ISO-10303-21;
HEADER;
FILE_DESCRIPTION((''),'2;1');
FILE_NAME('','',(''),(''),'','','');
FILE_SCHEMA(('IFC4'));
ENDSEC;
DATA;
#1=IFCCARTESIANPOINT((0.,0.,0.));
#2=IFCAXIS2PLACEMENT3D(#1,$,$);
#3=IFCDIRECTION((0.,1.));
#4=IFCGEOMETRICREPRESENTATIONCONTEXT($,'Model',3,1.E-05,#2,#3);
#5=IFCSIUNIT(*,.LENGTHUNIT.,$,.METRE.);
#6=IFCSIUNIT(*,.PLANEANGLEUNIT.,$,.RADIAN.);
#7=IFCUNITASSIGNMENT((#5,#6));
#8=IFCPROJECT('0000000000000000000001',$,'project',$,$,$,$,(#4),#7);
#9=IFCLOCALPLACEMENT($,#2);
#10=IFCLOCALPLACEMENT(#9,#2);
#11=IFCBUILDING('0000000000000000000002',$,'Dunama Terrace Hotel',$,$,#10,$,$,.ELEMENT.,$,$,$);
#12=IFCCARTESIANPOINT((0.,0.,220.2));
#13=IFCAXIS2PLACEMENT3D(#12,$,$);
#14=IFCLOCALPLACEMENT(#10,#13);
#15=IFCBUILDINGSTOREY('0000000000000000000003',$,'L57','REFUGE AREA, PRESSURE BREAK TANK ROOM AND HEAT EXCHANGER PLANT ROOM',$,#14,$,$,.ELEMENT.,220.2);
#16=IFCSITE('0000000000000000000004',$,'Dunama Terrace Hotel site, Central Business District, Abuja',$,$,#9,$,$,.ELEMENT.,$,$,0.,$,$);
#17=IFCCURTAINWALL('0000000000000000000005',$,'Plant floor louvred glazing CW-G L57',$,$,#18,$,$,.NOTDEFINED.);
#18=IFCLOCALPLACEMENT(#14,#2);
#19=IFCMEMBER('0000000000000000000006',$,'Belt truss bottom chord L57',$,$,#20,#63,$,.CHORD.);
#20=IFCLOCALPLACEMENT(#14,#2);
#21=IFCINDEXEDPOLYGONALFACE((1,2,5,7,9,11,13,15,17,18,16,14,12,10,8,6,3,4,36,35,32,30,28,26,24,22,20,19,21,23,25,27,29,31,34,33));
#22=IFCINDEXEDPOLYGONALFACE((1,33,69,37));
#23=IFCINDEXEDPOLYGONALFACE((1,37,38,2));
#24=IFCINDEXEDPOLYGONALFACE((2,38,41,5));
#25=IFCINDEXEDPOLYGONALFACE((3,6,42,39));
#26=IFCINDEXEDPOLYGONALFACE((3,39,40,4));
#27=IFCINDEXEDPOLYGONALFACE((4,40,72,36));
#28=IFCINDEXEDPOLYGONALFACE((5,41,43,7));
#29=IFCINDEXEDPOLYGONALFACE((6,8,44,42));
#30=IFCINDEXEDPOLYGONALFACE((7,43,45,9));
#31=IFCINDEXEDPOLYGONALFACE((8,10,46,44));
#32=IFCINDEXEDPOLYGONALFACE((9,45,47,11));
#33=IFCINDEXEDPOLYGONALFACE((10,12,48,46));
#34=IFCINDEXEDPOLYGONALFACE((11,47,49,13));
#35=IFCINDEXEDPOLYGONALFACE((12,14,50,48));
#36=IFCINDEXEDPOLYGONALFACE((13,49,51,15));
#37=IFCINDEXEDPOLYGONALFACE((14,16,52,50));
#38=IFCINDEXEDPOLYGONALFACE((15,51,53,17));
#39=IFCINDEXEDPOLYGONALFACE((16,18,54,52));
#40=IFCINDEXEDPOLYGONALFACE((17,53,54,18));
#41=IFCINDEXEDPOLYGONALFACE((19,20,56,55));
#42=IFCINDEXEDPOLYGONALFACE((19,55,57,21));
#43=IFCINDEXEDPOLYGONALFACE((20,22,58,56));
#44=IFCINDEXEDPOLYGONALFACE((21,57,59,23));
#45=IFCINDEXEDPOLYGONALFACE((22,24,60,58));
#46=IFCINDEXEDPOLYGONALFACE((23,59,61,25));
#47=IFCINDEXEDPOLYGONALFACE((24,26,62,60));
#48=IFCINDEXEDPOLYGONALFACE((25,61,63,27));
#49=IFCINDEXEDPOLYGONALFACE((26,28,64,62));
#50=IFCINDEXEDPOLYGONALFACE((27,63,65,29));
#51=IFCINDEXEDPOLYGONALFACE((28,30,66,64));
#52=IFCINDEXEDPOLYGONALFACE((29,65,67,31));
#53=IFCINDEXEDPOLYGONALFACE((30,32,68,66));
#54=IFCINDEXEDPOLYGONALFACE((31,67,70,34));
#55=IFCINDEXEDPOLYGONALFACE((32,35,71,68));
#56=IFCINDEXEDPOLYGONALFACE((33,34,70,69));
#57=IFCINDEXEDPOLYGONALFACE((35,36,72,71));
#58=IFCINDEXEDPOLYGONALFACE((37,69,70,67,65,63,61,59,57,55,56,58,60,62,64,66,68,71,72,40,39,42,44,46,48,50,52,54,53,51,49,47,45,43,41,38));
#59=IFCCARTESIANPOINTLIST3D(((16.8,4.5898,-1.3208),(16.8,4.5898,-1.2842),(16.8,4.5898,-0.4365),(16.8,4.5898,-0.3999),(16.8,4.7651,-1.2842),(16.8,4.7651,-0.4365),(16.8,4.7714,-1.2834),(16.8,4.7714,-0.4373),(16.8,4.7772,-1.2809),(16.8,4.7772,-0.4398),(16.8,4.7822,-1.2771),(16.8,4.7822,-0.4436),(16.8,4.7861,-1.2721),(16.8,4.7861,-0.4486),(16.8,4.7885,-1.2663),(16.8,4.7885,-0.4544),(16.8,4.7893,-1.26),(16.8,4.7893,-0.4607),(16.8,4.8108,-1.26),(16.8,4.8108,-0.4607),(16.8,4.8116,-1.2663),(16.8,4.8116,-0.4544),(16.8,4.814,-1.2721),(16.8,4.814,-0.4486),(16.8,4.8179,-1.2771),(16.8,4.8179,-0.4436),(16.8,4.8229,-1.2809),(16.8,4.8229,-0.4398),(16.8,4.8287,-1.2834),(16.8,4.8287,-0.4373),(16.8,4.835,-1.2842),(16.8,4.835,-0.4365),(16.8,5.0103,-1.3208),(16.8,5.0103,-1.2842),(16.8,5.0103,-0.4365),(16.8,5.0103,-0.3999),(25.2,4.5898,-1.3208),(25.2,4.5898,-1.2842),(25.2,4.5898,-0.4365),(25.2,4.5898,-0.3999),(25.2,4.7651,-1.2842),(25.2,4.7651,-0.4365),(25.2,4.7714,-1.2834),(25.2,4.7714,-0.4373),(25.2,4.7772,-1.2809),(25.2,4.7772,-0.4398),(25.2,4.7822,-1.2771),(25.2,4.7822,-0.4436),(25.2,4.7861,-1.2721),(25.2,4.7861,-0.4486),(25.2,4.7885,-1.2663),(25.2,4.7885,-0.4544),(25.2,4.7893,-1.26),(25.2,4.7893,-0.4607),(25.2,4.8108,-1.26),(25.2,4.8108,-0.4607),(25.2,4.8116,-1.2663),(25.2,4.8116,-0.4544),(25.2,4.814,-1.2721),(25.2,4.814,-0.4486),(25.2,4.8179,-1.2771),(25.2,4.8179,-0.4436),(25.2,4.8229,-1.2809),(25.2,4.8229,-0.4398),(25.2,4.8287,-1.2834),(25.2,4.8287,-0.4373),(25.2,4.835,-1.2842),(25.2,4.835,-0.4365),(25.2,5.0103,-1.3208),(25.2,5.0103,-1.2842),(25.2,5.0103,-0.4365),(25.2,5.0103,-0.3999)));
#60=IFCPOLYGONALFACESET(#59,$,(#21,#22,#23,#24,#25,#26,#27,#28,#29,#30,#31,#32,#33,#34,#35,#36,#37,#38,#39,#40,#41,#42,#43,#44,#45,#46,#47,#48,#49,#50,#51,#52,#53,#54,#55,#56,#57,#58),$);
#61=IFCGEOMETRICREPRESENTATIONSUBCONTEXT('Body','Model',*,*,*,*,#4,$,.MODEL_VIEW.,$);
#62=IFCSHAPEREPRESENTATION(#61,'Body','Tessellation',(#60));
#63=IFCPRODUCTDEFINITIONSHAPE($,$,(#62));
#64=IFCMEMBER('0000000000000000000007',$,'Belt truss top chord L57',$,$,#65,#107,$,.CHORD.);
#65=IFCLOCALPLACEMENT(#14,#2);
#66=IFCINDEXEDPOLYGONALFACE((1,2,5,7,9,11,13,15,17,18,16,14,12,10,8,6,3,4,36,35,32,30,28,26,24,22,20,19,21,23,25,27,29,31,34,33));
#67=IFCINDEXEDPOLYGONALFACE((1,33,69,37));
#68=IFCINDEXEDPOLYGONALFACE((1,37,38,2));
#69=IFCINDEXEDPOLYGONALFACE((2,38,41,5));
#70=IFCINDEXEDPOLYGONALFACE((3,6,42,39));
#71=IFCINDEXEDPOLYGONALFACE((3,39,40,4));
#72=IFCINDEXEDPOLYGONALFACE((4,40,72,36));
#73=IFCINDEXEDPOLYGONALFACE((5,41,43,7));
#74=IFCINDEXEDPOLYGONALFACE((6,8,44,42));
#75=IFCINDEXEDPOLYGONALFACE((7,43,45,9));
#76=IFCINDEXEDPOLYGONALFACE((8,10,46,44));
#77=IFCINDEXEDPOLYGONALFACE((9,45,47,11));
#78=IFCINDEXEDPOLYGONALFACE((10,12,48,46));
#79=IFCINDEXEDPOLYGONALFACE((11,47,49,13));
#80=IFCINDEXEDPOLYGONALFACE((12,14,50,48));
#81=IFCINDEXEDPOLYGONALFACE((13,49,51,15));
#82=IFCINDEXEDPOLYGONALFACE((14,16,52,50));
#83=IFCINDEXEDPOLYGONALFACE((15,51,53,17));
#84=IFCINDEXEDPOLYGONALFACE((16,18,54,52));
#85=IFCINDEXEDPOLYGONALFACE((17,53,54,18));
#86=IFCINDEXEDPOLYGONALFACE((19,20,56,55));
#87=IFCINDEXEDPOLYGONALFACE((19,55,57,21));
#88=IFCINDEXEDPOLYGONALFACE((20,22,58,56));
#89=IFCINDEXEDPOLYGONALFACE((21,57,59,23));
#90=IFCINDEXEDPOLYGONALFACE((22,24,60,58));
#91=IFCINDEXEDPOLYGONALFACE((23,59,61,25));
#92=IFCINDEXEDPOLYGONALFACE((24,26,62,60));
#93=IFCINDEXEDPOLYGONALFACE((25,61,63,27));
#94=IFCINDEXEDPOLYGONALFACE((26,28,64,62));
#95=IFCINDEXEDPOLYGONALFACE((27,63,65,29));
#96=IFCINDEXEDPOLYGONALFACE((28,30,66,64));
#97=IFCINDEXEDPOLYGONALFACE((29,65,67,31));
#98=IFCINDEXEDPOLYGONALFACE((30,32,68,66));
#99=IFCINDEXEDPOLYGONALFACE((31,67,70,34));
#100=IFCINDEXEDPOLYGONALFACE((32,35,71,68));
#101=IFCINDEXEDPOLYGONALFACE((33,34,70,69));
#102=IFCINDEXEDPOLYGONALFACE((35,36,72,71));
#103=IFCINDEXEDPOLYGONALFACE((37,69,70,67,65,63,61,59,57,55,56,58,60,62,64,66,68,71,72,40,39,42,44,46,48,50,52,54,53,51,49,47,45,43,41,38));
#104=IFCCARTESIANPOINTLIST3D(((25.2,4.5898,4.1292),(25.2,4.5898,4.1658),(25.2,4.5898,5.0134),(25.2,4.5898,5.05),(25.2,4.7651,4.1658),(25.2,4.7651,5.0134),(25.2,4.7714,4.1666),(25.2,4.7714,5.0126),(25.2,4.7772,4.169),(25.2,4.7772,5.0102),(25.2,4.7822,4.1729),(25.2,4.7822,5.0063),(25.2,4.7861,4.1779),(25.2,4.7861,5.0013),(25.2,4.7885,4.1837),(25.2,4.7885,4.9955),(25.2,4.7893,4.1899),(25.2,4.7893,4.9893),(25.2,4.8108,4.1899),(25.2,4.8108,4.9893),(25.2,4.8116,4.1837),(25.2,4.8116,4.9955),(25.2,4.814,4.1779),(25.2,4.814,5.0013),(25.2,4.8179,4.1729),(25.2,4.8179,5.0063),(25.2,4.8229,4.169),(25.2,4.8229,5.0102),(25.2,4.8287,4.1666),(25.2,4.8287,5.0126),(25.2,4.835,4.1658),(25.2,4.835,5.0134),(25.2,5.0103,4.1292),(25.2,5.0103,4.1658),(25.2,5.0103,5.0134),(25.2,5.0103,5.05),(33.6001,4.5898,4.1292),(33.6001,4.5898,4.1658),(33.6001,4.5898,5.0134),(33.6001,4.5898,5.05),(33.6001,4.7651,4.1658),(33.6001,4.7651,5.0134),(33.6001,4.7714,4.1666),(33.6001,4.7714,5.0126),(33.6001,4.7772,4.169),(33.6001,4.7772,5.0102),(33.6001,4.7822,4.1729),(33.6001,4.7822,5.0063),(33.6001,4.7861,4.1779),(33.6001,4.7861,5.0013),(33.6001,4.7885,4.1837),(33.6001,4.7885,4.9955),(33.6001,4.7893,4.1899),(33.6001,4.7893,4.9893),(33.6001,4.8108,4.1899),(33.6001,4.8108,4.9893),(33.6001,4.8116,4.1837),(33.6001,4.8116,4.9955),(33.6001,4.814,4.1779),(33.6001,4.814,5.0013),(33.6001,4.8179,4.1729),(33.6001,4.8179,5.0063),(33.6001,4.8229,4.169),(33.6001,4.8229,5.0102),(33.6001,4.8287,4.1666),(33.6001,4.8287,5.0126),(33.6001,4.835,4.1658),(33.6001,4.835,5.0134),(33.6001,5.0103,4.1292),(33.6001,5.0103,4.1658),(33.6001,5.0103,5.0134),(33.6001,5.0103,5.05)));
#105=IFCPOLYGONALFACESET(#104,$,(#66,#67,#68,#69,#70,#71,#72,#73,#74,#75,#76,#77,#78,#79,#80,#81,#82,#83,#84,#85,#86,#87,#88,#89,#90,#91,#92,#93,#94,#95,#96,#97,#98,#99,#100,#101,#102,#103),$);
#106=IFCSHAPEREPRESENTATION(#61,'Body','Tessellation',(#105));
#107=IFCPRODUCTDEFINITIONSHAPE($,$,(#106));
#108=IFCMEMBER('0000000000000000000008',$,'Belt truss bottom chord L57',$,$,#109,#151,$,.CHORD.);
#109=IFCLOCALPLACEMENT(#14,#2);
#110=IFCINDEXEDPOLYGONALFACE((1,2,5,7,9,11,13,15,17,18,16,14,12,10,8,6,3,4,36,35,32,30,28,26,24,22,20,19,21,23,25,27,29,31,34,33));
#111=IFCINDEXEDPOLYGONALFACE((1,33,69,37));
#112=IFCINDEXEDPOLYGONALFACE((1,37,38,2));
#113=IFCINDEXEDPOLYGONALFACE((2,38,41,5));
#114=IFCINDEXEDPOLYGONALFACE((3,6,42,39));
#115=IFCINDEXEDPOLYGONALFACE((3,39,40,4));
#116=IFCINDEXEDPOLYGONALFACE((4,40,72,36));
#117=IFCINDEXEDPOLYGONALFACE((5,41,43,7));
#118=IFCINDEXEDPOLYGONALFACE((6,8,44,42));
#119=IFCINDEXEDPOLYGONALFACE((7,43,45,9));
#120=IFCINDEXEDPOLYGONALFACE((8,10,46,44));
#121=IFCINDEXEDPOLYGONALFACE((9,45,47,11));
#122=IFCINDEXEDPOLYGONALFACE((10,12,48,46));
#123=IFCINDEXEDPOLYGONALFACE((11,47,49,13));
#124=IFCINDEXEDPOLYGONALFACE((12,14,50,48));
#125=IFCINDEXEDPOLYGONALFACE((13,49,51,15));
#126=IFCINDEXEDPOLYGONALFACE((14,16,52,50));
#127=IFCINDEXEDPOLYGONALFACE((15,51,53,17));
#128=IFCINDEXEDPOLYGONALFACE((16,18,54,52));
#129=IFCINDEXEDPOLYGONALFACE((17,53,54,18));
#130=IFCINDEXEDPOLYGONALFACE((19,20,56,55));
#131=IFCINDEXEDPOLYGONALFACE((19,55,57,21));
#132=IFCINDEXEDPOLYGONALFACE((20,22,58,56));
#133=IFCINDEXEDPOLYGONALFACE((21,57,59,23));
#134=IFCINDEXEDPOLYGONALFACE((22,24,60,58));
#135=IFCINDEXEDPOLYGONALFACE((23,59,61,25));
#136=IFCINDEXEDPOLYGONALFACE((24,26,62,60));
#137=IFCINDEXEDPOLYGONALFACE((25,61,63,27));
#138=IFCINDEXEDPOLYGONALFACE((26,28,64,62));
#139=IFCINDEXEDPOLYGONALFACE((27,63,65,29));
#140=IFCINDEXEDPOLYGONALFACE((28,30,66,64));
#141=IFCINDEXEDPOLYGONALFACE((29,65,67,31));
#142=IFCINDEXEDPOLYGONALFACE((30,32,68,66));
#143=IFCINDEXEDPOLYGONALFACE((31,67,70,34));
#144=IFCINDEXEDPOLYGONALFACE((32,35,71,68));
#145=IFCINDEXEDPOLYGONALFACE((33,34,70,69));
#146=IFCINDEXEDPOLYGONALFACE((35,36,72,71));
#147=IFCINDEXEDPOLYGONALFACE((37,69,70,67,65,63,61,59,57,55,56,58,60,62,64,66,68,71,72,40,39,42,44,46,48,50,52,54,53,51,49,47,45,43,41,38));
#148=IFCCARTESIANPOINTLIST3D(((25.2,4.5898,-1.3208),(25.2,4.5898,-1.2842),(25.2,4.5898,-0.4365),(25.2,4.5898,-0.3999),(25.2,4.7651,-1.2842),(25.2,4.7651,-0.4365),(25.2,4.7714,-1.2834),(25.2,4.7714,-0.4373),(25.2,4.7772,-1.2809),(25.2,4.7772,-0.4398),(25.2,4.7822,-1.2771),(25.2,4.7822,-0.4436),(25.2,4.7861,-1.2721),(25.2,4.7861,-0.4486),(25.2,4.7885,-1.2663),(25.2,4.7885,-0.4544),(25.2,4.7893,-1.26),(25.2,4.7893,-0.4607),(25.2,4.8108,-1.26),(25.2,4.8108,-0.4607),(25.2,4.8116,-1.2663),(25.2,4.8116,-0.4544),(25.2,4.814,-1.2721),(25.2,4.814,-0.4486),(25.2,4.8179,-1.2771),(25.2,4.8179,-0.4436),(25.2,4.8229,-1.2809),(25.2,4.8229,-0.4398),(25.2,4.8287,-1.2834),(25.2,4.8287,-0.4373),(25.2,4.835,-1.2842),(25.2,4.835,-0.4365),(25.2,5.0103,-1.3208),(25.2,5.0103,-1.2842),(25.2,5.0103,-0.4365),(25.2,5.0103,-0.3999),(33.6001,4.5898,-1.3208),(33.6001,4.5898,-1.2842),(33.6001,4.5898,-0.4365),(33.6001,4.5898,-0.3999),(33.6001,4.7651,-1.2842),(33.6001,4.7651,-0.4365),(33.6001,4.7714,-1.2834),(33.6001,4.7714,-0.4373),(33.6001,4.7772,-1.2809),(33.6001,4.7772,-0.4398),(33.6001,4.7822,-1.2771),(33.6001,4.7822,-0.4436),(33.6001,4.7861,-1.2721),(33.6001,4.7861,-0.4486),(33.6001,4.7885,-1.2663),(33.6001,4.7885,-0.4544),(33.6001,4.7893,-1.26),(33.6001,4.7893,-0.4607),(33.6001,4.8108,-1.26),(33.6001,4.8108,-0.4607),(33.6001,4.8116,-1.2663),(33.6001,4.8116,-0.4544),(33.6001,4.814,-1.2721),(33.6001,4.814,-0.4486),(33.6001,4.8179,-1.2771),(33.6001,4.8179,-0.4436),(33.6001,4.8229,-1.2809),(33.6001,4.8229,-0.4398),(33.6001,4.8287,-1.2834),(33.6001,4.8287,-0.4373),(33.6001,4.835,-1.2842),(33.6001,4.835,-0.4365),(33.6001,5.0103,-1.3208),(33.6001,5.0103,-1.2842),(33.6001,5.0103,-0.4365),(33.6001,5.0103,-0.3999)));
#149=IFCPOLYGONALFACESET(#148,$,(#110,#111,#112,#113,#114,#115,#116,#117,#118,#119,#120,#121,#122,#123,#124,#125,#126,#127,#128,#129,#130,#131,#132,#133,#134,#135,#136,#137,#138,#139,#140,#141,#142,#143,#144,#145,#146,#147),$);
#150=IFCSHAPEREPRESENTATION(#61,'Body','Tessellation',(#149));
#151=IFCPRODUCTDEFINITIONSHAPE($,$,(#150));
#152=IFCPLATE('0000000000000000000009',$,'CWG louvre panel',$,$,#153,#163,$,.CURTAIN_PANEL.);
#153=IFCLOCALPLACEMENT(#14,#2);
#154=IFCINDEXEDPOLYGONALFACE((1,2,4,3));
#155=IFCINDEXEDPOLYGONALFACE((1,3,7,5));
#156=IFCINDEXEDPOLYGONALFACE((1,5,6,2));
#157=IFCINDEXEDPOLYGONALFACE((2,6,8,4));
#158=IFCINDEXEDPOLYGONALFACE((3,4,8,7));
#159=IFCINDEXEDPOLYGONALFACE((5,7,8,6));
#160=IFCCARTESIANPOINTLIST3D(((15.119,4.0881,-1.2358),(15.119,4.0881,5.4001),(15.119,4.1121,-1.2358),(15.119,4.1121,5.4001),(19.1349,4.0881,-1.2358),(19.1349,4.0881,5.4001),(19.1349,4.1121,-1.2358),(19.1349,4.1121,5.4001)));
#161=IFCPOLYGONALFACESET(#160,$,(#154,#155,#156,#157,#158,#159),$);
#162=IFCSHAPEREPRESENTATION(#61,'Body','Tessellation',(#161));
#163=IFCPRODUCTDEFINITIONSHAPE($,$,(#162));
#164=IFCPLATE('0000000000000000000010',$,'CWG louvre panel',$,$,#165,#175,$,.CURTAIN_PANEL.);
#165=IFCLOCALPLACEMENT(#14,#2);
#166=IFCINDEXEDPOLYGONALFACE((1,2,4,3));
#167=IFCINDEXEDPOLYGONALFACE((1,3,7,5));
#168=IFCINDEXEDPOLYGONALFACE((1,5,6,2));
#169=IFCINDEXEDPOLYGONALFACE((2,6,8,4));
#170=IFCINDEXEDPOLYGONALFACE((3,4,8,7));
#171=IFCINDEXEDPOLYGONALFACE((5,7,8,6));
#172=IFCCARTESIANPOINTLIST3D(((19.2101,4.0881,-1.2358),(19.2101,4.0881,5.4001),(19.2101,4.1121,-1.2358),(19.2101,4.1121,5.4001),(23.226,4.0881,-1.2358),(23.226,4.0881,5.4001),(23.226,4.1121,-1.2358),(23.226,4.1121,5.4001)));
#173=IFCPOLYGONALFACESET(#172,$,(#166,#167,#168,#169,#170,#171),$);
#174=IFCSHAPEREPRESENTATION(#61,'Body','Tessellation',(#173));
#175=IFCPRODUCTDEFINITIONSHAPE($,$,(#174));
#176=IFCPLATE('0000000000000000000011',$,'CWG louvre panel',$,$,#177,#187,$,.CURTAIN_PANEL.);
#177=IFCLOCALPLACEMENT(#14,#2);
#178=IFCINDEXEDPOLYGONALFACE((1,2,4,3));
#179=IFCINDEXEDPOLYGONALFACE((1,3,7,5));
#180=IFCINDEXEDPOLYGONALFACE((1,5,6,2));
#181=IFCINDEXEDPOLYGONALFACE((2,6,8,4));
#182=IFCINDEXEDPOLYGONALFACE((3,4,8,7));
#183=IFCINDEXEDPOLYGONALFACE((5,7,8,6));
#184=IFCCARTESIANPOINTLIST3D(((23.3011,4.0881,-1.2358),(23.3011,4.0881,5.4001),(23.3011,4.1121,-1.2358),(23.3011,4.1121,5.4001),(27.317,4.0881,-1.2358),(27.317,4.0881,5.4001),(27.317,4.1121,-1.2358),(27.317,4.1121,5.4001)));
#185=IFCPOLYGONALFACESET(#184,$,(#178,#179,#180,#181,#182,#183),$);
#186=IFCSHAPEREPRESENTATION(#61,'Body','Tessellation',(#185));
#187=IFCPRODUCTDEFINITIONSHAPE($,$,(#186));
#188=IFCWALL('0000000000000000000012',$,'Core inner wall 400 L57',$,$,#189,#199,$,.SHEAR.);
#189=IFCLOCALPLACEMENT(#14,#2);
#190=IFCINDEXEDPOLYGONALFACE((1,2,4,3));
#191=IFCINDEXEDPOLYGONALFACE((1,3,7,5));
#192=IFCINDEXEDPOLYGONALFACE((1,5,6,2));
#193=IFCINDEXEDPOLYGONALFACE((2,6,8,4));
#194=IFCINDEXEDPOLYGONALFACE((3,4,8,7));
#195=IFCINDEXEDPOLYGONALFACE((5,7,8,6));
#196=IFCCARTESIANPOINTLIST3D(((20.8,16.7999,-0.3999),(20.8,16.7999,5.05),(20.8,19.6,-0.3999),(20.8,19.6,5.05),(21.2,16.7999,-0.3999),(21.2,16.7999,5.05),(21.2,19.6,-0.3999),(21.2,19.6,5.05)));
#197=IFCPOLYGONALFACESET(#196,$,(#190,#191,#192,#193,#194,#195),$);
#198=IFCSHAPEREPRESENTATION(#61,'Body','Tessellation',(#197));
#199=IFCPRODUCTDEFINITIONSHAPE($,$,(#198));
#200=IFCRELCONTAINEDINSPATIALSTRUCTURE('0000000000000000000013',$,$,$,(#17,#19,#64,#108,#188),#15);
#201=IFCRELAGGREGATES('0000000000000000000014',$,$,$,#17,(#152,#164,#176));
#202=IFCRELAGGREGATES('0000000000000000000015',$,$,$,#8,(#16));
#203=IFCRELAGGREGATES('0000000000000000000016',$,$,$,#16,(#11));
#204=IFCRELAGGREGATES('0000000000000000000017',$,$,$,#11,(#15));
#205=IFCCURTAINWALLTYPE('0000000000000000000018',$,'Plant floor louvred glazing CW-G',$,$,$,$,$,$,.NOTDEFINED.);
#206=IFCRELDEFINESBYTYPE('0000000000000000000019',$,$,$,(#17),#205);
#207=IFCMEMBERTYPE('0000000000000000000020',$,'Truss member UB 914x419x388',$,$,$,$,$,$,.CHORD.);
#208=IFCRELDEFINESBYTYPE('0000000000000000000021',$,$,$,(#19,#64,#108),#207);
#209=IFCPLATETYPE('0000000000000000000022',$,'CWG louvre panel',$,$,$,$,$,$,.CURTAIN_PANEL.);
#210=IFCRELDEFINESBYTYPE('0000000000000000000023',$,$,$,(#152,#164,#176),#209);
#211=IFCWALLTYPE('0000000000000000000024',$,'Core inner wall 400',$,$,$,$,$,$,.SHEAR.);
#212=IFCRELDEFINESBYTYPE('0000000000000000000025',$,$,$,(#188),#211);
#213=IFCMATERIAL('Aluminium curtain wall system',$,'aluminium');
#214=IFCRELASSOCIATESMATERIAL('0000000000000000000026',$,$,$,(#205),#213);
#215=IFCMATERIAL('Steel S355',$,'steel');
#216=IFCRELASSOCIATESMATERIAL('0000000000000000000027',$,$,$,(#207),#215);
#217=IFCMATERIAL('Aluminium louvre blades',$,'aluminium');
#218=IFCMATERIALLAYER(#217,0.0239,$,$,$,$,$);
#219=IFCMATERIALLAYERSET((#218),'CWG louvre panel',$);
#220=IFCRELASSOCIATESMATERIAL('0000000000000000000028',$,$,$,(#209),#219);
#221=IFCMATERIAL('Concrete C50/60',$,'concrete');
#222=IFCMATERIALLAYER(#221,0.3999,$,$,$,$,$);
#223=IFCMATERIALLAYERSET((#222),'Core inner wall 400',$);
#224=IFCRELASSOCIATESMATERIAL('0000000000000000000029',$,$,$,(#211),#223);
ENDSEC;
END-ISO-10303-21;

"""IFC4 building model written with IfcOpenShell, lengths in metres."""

from ifc_helpers import new_model, si_unit, direction, frame, frame_2d, origin, origin_2d, place, context, subcontext, project, spatial, rectangle, i_section, extrude, material, layer, layer_set, material_profile, profile_set, type_object, element, aggregate, save


model = new_model("IFC4")

# Units and contexts
model_context = context("Model", 3, precision=1e-05, world=origin(), true_north=direction((0.0, 1.0)))
body_context = subcontext(model_context, "Body", "Model", "MODEL_VIEW")
ifc_project = project(units=[si_unit("LENGTHUNIT", "METRE"), si_unit("PLANEANGLEUNIT", "RADIAN")], contexts=[model_context])

# Site, building, storey
site_placement = place(None, origin())
site = spatial("IfcSite", under=ifc_project, at=site_placement, Name="Dunama Terrace Hotel site, Central Business District, Abuja", CompositionType="ELEMENT", RefElevation=0.0)
building_placement = place(site_placement, origin())
building = spatial("IfcBuilding", under=site, at=building_placement, Name="Dunama Terrace Hotel", CompositionType="ELEMENT")
storey_placement = place(building_placement, frame((0.0, 0.0, 220.2)))
storey = spatial("IfcBuildingStorey", under=building, at=storey_placement, Name="L57", Description="REFUGE AREA, PRESSURE BREAK TANK ROOM AND HEAT EXCHANGER PLANT ROOM", CompositionType="ELEMENT", Elevation=220.2)

# Curtain wall
ifc_material_1 = material(Name="Aluminium curtain wall system", Category="aluminium")
curtain_wall_type = type_object("IfcCurtainWallType", Name="Plant floor louvred glazing CW-G", PredefinedType="NOTDEFINED", material=ifc_material_1)
curtain_wall_placement = place(storey_placement, origin())
curtain_wall = element("IfcCurtainWall", 1, at=curtain_wall_placement, inside=storey, type_object=curtain_wall_type, Name="Plant floor louvred glazing CW-G L57", PredefinedType="NOTDEFINED")

# Members
ifc_material_2 = material(Name="Steel S355", Category="steel")
ifc_material_profile_1 = material_profile(ifc_material_2, i_section(OverallWidth=0.4204, OverallDepth=0.9209, WebThickness=0.0215, FlangeThickness=0.0366, FilletRadius=0.0242, at=origin_2d()), Name="UB 914x419x388")
ifc_profile_set_1 = profile_set([ifc_material_profile_1], Name="Steel S355")
member_type_1 = type_object("IfcMemberType", Name="Truss member UB 914x419x388", PredefinedType="CHORD", material=ifc_profile_set_1)
for number, where, z_axis, x_axis, name in (
    (2, (16.8, 4.8, -0.8604), (1.0, 0.0, 0.0), (0.0, 1.0, 0.0), "Belt truss bottom chord L57"),
):
    element("IfcMember", number, at=place(storey_placement, frame(where, z_axis=z_axis, x_axis=x_axis)), inside=storey, type_object=member_type_1, Name=name, PredefinedType="CHORD", context=body_context, shape_type="SweptSolid", body=[
        extrude(i_section(OverallWidth=0.4204, OverallDepth=0.9209, WebThickness=0.0215, FlangeThickness=0.0366, FilletRadius=0.0242, at=origin_2d()), origin(), (0.0, 0.0, 1.0), 8.3999),
    ])
for number, where, z_axis, x_axis, name in (
    (3, (25.2, 4.8, 4.5896), (1.0, 0.0, 0.0), (0.0, 1.0, 0.0), "Belt truss top chord L57"),
    (4, (25.2, 4.8, -0.8604), (1.0, 0.0, 0.0), (0.0, 1.0, 0.0), "Belt truss bottom chord L57"),
):
    element("IfcMember", number, at=place(storey_placement, frame(where, z_axis=z_axis, x_axis=x_axis)), inside=storey, type_object=member_type_1, Name=name, PredefinedType="CHORD", context=body_context, shape_type="SweptSolid", body=[
        extrude(i_section(OverallWidth=0.4204, OverallDepth=0.9209, WebThickness=0.0215, FlangeThickness=0.0366, FilletRadius=0.0242, at=origin_2d()), origin(), (0.0, 0.0, 1.0), 8.4001),
    ])

# Plates
ifc_material_3 = material(Name="Aluminium louvre blades", Category="aluminium")
ifc_layer_1 = layer(ifc_material_3, 0.0239)
ifc_layer_set_1 = layer_set([ifc_layer_1], Name="CWG louvre panel")
plate_type = type_object("IfcPlateType", Name="CWG louvre panel", PredefinedType="CURTAIN_PANEL", material=ifc_layer_set_1)
plate_1_placement = place(storey_placement, frame((17.127, 4.1001, -1.2358), z_axis=(0.0, 0.0, 1.0), x_axis=(1.0, 0.0, 0.0)))
plate_1 = element("IfcPlate", 5, at=plate_1_placement, type_object=plate_type, Name="CWG louvre panel", PredefinedType="CURTAIN_PANEL", context=body_context, shape_type="SweptSolid", body=[
    extrude(rectangle(XDim=4.0159, YDim=0.0239, at=origin_2d()), origin(), (0.0, 0.0, 1.0), 6.636),
])
plate_2_placement = place(storey_placement, frame((21.218, 4.1001, -1.2358), z_axis=(0.0, 0.0, 1.0), x_axis=(1.0, 0.0, 0.0)))
plate_2 = element("IfcPlate", 6, at=plate_2_placement, type_object=plate_type, Name="CWG louvre panel", PredefinedType="CURTAIN_PANEL", context=body_context, shape_type="SweptSolid", body=[
    extrude(rectangle(XDim=4.0159, YDim=0.0239, at=origin_2d()), origin(), (0.0, 0.0, 1.0), 6.636),
])
plate_3_placement = place(storey_placement, frame((25.3091, 4.1001, -1.2358), z_axis=(0.0, 0.0, 1.0), x_axis=(1.0, 0.0, 0.0)))
plate_3 = element("IfcPlate", 7, at=plate_3_placement, type_object=plate_type, Name="CWG louvre panel", PredefinedType="CURTAIN_PANEL", context=body_context, shape_type="SweptSolid", body=[
    extrude(rectangle(XDim=4.0159, YDim=0.0239, at=origin_2d()), origin(), (0.0, 0.0, 1.0), 6.636),
])
aggregate(curtain_wall, [plate_1, plate_2, plate_3])

# Wall
ifc_material_4 = material(Name="Concrete C50/60", Category="concrete")
ifc_layer_2 = layer(ifc_material_4, 0.3999)
ifc_layer_set_2 = layer_set([ifc_layer_2], Name="Core inner wall 400")
wall_type_1 = type_object("IfcWallType", Name="Core inner wall 400", PredefinedType="SHEAR", material=ifc_layer_set_2)
wall_1_placement = place(storey_placement, frame((21.0, 16.8, -0.3999), z_axis=(0.0, 0.0, 1.0), x_axis=(0.0, 1.0, 0.0)))
element("IfcWall", 8, at=wall_1_placement, inside=storey, type_object=wall_type_1, Name="Core inner wall 400 L57", PredefinedType="SHEAR", context=body_context, shape_type="SweptSolid", body=[
    extrude(rectangle(XDim=2.8, YDim=0.3999, at=frame_2d((1.3999, 0.0))), origin(), (0.0, 0.0, 1.0), 5.45),
])

save(model, "model.ifc")
